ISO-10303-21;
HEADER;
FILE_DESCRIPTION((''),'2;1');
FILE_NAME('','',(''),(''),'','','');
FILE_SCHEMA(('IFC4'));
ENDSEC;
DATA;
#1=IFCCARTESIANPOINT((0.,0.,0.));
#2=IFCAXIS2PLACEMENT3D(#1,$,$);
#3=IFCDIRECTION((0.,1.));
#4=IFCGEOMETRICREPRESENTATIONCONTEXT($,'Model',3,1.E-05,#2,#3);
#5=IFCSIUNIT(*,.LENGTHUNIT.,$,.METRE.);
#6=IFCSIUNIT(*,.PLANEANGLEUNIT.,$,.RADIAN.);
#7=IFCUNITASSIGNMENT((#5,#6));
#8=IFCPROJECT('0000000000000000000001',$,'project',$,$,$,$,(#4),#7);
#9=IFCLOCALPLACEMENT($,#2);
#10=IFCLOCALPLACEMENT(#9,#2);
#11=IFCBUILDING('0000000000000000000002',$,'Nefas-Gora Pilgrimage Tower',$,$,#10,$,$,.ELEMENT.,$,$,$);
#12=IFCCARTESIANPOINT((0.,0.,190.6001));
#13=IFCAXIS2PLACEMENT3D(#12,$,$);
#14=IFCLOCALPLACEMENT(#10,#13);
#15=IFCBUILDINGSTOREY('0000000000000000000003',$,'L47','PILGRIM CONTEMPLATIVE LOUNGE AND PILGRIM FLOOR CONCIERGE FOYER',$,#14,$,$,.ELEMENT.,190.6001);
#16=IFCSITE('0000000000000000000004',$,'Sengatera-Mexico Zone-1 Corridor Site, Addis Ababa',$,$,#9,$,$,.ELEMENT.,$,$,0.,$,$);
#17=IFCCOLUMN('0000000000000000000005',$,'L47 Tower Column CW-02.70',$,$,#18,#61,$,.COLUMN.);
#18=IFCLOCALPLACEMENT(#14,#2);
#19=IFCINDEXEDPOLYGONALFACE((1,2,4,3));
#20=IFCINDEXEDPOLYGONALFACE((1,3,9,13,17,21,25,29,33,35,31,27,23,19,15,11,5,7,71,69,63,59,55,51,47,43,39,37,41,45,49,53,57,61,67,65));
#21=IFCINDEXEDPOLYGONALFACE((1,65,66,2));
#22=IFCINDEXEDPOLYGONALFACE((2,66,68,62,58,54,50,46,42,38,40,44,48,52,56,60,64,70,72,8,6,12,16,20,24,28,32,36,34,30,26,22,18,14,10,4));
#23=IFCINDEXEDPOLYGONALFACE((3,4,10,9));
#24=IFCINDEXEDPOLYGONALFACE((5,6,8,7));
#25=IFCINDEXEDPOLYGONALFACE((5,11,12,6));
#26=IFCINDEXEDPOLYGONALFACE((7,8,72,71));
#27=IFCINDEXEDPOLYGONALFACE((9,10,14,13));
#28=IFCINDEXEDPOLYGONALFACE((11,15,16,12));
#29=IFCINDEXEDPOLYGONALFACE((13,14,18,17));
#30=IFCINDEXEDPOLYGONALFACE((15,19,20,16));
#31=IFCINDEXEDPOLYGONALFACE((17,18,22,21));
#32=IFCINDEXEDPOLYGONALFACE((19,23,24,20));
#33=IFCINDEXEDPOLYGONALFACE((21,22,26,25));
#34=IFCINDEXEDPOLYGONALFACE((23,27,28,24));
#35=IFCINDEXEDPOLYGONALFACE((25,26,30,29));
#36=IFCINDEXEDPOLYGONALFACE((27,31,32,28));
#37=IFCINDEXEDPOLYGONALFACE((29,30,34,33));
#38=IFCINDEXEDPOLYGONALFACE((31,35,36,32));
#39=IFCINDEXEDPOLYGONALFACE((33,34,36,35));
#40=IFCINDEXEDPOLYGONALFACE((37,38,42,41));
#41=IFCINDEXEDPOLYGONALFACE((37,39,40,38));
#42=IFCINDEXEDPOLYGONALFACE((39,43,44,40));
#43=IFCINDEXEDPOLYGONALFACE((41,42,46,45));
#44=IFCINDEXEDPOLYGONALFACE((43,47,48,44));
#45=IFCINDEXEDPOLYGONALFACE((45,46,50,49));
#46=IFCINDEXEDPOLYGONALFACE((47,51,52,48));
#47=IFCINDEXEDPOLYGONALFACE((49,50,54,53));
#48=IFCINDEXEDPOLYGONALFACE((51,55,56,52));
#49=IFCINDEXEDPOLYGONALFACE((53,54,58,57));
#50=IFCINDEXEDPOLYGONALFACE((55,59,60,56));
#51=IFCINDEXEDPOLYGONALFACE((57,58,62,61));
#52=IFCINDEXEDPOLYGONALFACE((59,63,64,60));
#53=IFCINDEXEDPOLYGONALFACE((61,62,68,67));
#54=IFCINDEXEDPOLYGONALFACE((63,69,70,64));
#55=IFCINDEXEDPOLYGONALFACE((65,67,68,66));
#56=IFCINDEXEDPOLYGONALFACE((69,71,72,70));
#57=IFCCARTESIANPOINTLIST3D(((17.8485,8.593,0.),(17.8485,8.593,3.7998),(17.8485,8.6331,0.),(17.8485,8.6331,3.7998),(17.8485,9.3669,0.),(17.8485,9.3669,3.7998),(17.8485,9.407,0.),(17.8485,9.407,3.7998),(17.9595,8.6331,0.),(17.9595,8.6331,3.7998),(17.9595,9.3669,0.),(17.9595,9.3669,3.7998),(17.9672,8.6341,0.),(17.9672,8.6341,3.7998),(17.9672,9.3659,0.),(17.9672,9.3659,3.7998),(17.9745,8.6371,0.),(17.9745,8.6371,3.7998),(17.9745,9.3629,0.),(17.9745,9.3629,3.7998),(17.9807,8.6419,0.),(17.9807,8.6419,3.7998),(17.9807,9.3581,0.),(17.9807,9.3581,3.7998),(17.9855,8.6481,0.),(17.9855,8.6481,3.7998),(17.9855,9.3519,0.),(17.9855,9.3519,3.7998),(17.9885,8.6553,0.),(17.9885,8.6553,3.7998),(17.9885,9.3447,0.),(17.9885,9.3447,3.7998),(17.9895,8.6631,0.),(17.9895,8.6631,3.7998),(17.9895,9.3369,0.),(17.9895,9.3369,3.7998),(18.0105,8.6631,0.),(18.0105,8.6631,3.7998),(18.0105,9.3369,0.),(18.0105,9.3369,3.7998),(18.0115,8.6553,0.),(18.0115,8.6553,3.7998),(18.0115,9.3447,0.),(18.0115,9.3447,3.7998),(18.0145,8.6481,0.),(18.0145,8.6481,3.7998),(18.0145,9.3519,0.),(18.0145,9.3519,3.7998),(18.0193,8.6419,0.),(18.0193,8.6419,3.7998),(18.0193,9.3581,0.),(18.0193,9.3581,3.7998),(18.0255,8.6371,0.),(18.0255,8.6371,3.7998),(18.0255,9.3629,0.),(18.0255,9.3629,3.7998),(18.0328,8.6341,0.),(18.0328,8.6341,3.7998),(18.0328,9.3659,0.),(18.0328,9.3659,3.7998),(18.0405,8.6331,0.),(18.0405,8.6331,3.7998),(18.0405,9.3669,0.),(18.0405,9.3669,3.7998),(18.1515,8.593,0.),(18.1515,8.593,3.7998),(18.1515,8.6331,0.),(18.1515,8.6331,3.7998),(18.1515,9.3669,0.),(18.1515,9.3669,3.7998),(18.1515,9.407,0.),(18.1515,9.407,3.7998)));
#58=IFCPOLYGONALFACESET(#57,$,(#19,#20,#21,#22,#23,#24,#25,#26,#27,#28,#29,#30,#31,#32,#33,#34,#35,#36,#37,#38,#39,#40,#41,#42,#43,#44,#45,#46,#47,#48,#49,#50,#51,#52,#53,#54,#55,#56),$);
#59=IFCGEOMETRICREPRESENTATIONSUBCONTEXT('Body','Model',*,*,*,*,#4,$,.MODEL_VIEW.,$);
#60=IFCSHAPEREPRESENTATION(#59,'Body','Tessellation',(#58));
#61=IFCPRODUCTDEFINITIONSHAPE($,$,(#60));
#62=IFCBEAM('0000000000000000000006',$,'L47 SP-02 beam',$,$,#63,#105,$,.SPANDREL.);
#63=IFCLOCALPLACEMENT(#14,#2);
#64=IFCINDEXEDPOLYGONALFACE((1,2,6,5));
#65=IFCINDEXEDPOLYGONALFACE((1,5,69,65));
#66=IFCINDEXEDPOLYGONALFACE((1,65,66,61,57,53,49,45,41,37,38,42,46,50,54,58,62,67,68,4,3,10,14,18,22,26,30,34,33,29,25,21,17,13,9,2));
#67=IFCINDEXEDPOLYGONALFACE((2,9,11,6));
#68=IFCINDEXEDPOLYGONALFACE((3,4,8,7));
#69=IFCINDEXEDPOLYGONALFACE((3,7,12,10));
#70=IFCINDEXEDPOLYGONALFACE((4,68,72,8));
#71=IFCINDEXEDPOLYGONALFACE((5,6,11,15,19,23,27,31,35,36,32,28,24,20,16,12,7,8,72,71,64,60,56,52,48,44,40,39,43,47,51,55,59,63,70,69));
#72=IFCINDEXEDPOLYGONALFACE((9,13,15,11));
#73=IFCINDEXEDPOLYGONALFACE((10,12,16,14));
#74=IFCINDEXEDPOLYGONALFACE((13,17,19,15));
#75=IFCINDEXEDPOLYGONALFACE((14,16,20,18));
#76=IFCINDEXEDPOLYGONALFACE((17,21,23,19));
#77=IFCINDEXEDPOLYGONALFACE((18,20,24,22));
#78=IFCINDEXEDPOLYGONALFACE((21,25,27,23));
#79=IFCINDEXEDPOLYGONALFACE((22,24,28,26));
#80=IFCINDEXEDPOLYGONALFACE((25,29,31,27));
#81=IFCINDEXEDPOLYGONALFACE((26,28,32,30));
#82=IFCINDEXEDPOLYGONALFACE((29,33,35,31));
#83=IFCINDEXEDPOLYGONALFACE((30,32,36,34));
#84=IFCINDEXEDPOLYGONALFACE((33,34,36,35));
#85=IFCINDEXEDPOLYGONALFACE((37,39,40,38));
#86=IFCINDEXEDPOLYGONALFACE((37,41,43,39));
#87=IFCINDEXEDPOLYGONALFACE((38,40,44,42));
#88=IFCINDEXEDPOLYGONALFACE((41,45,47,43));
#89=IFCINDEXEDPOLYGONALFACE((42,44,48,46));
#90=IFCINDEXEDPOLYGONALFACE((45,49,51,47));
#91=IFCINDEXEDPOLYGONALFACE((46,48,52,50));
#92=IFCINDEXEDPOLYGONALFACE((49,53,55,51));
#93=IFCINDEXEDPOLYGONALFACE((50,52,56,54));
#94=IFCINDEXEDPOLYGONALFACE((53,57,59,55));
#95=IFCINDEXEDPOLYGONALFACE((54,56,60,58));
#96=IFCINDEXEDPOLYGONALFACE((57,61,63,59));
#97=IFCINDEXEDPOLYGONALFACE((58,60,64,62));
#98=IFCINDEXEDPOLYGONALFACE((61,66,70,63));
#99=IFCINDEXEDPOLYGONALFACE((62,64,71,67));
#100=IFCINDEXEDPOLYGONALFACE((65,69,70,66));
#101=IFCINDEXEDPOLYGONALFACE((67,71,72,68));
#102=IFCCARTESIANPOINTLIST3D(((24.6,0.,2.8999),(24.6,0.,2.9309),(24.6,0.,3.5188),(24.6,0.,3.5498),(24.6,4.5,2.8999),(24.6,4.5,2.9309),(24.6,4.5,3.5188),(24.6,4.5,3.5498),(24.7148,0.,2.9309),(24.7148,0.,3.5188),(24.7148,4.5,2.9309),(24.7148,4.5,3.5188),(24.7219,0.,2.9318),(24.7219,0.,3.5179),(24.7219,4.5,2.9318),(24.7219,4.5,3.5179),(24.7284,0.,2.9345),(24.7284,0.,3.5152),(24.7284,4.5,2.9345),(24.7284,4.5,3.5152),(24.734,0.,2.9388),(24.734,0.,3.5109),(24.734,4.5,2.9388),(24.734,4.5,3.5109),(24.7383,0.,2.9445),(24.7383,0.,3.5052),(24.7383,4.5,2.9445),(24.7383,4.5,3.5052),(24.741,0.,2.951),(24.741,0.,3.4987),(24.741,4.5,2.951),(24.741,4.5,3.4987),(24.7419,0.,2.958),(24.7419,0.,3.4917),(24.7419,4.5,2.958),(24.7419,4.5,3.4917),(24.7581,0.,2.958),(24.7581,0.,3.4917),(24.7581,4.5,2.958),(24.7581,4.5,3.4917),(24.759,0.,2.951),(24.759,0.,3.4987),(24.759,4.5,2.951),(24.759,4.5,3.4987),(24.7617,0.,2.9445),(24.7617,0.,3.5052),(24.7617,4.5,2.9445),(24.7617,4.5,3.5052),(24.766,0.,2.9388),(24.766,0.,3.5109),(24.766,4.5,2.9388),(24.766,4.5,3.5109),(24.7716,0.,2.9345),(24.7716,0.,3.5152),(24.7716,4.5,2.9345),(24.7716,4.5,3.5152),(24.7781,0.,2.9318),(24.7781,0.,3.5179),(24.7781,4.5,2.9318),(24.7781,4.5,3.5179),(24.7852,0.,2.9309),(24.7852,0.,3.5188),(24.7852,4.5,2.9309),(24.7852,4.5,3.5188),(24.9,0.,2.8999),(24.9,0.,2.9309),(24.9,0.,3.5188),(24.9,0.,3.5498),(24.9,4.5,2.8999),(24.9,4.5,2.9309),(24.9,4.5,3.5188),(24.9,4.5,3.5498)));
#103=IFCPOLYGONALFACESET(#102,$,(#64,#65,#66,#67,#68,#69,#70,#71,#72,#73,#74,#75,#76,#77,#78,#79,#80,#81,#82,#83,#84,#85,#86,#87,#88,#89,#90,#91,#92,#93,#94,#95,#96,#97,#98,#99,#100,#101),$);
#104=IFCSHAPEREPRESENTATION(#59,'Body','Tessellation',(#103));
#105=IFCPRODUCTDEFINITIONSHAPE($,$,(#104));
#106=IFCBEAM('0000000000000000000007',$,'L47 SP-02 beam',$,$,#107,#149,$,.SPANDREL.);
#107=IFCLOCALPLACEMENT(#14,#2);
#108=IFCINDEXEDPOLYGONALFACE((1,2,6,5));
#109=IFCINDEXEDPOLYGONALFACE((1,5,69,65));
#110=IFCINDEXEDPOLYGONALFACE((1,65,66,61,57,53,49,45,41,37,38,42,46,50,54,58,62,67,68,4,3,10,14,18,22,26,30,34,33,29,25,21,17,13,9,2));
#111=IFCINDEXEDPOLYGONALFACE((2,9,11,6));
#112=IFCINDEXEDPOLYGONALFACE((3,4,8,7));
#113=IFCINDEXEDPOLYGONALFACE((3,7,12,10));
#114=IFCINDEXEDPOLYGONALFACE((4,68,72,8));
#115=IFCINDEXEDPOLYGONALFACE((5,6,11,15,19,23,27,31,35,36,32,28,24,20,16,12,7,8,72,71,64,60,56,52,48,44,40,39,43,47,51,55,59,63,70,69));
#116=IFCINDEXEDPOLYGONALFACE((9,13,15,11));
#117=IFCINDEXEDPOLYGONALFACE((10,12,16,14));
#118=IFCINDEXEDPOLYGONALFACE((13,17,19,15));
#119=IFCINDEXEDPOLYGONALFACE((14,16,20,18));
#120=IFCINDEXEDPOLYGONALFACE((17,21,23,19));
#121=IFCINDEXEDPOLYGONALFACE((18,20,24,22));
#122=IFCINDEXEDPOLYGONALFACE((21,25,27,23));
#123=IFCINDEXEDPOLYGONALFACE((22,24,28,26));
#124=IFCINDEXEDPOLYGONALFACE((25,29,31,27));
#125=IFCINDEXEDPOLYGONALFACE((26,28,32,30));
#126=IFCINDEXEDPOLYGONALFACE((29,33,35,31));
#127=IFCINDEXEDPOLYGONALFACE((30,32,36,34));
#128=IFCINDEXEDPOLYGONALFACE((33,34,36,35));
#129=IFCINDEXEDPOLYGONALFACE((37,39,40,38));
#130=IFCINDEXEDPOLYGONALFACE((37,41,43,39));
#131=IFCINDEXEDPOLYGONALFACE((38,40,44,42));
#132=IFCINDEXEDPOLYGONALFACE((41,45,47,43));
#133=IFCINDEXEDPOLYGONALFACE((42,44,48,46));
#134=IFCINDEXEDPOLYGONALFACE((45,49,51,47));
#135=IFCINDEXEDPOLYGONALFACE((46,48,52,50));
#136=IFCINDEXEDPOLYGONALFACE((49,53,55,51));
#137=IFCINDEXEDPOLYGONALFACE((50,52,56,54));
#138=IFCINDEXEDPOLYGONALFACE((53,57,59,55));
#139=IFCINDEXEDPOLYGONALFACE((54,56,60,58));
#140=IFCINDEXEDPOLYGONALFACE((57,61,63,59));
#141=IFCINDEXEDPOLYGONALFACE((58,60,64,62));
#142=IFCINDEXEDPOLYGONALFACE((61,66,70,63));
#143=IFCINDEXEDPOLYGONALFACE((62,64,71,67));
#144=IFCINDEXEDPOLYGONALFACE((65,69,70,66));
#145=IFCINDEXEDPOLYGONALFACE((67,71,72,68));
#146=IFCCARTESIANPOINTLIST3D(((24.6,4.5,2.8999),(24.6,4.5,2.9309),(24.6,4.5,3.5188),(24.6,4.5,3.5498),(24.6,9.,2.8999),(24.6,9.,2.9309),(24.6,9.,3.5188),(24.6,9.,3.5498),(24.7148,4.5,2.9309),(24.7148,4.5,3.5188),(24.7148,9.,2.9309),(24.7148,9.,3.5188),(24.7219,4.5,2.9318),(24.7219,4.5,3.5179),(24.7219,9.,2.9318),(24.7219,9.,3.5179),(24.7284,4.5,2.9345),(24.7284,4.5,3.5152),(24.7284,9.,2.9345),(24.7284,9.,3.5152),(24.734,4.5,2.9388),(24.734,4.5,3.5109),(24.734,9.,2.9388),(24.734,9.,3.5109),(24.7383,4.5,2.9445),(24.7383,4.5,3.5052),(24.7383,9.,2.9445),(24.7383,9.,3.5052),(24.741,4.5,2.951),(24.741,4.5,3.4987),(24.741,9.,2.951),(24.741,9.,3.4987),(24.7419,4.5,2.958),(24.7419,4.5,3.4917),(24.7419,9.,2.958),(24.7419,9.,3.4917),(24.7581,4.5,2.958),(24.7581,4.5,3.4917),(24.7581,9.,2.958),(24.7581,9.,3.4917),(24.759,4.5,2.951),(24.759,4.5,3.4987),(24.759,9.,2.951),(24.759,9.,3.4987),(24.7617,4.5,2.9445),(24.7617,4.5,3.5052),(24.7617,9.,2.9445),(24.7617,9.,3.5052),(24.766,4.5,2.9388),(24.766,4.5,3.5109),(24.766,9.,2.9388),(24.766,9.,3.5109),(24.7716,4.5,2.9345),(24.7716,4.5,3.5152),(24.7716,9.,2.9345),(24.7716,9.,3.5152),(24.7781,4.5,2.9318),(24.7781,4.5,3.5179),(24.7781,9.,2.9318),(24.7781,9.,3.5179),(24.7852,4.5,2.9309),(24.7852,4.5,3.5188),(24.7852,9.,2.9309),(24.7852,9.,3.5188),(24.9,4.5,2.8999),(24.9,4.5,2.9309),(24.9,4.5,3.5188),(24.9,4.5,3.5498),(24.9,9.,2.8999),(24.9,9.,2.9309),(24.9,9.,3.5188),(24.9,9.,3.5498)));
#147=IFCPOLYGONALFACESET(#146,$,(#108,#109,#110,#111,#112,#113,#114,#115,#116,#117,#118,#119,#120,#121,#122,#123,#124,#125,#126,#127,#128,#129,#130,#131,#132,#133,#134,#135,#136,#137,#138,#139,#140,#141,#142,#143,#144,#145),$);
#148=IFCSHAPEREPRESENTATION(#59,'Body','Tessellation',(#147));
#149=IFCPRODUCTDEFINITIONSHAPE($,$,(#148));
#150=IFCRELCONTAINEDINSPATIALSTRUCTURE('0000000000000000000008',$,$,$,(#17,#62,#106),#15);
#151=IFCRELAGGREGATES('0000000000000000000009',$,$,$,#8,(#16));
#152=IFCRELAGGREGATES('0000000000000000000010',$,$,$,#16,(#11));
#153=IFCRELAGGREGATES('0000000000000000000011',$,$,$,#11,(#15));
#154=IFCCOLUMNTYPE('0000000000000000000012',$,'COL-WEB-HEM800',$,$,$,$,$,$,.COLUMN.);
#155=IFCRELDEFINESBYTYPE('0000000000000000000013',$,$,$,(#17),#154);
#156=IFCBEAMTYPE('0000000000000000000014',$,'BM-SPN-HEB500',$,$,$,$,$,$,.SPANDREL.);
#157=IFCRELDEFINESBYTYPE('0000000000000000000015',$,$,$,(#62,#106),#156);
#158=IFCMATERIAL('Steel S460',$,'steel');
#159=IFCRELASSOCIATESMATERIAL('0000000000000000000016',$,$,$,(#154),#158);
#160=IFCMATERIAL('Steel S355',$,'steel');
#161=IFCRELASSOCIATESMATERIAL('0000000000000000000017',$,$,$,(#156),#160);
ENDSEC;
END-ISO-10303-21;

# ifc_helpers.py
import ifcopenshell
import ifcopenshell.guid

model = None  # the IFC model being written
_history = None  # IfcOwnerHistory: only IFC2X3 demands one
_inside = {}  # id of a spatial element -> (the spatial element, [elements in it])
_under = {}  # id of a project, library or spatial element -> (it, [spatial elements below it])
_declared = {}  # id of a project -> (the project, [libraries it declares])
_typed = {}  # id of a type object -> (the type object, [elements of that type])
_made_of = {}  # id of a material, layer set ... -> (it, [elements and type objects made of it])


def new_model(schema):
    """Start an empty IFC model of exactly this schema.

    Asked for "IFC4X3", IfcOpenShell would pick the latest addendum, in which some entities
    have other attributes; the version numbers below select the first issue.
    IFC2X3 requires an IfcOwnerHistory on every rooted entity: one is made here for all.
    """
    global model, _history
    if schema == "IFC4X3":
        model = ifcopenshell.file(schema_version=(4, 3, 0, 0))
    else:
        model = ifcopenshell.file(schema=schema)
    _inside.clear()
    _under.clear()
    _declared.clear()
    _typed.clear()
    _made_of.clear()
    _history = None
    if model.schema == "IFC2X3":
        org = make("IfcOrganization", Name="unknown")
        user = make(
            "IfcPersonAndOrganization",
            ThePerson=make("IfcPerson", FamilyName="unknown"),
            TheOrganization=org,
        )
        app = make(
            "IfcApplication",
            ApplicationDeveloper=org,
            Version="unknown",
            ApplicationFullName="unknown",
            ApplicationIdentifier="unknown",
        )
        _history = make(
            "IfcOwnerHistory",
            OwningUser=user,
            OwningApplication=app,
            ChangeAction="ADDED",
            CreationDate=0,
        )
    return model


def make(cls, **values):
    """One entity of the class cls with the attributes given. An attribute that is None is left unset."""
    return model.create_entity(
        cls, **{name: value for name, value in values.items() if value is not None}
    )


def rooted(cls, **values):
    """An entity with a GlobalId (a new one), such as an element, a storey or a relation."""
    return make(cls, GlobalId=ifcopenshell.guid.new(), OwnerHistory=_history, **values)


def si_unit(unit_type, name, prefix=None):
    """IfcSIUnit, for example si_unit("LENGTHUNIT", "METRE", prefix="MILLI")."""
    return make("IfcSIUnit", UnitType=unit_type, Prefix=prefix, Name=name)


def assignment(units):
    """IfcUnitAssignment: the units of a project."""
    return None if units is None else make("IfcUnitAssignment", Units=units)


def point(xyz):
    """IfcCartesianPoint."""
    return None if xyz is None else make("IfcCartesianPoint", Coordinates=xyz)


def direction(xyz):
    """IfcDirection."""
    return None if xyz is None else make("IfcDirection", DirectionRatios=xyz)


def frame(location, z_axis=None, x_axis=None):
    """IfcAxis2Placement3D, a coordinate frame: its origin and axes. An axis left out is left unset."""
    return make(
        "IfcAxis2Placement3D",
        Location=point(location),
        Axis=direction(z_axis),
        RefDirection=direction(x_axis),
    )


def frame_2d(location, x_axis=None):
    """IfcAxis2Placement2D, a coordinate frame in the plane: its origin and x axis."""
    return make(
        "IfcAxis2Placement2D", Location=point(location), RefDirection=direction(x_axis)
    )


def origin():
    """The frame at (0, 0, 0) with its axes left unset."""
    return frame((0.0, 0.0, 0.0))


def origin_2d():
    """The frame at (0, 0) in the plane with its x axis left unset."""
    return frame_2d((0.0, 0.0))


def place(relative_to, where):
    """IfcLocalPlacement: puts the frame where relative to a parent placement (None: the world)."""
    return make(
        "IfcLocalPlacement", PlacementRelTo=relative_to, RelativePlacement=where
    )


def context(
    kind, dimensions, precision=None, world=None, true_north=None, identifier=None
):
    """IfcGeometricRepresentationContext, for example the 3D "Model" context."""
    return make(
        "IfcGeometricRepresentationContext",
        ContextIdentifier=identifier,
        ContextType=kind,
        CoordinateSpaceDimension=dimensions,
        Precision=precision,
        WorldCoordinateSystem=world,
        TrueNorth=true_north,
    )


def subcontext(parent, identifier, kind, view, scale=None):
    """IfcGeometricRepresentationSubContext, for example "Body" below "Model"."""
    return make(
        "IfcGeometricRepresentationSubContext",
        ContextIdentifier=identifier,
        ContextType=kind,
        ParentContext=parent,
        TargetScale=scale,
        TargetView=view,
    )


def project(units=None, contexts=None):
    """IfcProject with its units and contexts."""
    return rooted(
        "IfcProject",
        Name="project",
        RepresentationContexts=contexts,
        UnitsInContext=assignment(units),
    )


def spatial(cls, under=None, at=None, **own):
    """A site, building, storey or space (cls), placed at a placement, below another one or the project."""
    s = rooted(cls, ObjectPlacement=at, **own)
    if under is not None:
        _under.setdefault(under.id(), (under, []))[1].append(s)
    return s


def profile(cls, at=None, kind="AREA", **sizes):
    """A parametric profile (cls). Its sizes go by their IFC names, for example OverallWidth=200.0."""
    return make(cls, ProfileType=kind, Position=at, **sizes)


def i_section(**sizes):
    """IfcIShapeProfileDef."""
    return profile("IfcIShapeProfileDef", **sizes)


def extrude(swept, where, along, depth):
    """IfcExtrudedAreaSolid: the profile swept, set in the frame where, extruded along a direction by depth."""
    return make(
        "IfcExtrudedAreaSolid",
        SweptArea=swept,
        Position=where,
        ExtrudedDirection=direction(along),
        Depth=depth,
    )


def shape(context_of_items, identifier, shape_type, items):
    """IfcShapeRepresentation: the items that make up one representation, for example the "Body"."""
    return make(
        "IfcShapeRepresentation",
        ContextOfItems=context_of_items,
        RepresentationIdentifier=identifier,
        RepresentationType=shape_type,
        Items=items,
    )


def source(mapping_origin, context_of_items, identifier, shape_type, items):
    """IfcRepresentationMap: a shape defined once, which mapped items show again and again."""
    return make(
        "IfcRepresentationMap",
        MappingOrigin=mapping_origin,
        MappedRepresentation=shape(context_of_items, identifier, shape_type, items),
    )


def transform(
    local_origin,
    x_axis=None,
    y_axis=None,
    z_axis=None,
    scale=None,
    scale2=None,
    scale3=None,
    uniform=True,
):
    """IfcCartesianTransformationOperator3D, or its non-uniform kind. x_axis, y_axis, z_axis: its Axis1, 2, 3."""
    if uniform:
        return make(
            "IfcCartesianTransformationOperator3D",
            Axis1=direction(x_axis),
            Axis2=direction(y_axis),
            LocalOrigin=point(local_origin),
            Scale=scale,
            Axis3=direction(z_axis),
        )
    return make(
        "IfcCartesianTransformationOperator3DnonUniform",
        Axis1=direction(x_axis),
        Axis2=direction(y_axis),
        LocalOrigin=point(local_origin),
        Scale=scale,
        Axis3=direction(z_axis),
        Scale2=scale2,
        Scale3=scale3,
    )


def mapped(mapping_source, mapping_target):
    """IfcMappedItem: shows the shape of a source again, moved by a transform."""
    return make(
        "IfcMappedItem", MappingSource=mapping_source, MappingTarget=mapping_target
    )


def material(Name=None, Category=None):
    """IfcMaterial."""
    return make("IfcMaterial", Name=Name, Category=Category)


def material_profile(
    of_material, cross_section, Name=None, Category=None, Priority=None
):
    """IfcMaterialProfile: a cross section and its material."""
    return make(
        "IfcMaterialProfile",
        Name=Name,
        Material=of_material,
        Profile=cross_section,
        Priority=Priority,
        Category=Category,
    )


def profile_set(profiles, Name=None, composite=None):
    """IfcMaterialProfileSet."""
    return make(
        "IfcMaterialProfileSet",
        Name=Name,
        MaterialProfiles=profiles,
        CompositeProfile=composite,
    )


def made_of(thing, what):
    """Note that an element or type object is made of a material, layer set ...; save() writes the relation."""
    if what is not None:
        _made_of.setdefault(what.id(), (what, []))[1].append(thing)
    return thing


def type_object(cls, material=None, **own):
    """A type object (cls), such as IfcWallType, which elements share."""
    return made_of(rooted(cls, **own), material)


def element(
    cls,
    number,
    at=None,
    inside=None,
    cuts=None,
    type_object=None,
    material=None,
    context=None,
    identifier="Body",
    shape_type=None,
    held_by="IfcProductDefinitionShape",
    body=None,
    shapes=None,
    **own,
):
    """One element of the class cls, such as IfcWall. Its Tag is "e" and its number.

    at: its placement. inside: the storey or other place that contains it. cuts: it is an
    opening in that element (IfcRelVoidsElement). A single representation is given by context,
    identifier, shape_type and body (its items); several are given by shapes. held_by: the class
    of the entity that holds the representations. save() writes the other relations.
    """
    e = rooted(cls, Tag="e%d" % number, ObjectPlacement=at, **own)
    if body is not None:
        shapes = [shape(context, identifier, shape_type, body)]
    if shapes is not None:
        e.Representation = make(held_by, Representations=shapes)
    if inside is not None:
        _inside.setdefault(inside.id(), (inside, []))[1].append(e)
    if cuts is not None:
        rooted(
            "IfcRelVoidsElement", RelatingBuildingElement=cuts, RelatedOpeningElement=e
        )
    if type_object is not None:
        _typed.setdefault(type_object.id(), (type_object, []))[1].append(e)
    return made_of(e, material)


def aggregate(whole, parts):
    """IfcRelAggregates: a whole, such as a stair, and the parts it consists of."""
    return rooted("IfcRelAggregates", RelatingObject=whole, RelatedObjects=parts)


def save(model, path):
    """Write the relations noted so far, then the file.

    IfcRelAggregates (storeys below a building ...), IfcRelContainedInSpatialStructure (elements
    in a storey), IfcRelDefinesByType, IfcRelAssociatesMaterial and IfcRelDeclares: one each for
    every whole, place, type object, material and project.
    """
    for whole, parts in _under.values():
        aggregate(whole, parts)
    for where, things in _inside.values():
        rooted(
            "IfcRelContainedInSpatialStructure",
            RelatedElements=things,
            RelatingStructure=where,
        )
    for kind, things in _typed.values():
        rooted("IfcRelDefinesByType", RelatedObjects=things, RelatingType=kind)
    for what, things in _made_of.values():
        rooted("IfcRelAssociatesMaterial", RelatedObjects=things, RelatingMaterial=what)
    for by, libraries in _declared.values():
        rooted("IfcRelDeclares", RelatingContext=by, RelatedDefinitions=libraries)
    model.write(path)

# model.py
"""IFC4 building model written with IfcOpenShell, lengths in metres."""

from ifc_helpers import new_model, si_unit, direction, frame, origin, origin_2d, place, context, subcontext, project, spatial, i_section, extrude, source, transform, mapped, material, material_profile, profile_set, type_object, element, save


model = new_model("IFC4")

# Units and contexts
model_context = context("Model", 3, precision=1e-05, world=origin(), true_north=direction((0.0, 1.0)))
body_context = subcontext(model_context, "Body", "Model", "MODEL_VIEW")
ifc_project = project(units=[si_unit("LENGTHUNIT", "METRE"), si_unit("PLANEANGLEUNIT", "RADIAN")], contexts=[model_context])

# Site, building, storey
site_placement = place(None, origin())
site = spatial("IfcSite", under=ifc_project, at=site_placement, Name="Sengatera-Mexico Zone-1 Corridor Site, Addis Ababa", CompositionType="ELEMENT", RefElevation=0.0)
building_placement = place(site_placement, origin())
building = spatial("IfcBuilding", under=site, at=building_placement, Name="Nefas-Gora Pilgrimage Tower", CompositionType="ELEMENT")
storey_placement = place(building_placement, frame((0.0, 0.0, 190.6001)))
storey = spatial("IfcBuildingStorey", under=building, at=storey_placement, Name="L47", Description="PILGRIM CONTEMPLATIVE LOUNGE AND PILGRIM FLOOR CONCIERGE FOYER", CompositionType="ELEMENT", Elevation=190.6001)

# Column
ifc_material_1 = material(Name="Steel S460", Category="steel")
ifc_material_profile_1 = material_profile(ifc_material_1, i_section(OverallWidth=0.303, OverallDepth=0.814, WebThickness=0.021, FlangeThickness=0.04, FilletRadius=0.03, at=origin_2d()), Name="HEM 800")
ifc_profile_set_1 = profile_set([ifc_material_profile_1], Name="Steel S460")
column_type_1 = type_object("IfcColumnType", Name="COL-WEB-HEM800", PredefinedType="COLUMN", material=ifc_profile_set_1)
shared_shape_1 = source(origin(), body_context, "Body", "SweptSolid", [
    extrude(i_section(OverallWidth=0.303, OverallDepth=0.814, WebThickness=0.021, FlangeThickness=0.04, FilletRadius=0.03, at=origin_2d()), origin(), (0.0, 0.0, 1.0), 3.7998),
])
for number, where, z_axis, x_axis, name in (
    (1, (18.0, 9.0, 0.0), (0.0, 0.0, 1.0), (1.0, 0.0, 0.0), "L47 Tower Column CW-02.70"),
):
    element("IfcColumn", number, at=place(storey_placement, frame(where, z_axis=z_axis, x_axis=x_axis)), inside=storey, type_object=column_type_1, Name=name, PredefinedType="COLUMN", context=body_context, shape_type="MappedRepresentation", body=[
        mapped(shared_shape_1, transform((0.0, 0.0, 0.0), x_axis=(1.0, 0.0, 0.0), y_axis=(0.0, 1.0, 0.0), z_axis=(0.0, 0.0, 1.0), scale=1.0)),
    ])

# Beams
ifc_material_2 = material(Name="Steel S355", Category="steel")
ifc_material_profile_2 = material_profile(ifc_material_2, i_section(OverallWidth=0.3, OverallDepth=0.6499, WebThickness=0.0161, FlangeThickness=0.031, FilletRadius=0.0271, at=origin_2d()), Name="HEB 650")
ifc_profile_set_2 = profile_set([ifc_material_profile_2], Name="Steel S355")
beam_type_1 = type_object("IfcBeamType", Name="BM-SPN-HEB500", PredefinedType="SPANDREL", material=ifc_profile_set_2)
shared_shape_2 = source(origin(), body_context, "Body", "SweptSolid", [
    extrude(i_section(OverallWidth=0.3, OverallDepth=0.6499, WebThickness=0.0161, FlangeThickness=0.031, FilletRadius=0.0271, at=origin_2d()), origin(), (0.0, 0.0, 1.0), 4.5),
])
for number, where, z_axis, x_axis, name in (
    (2, (24.75, 0.0, 3.2249), (0.0, 1.0, 0.0), (-1.0, 0.0, 0.0), "L47 SP-02 beam"),
    (3, (24.75, 4.5, 3.2249), (0.0, 1.0, 0.0), (-1.0, 0.0, 0.0), "L47 SP-02 beam"),
):
    element("IfcBeam", number, at=place(storey_placement, frame(where, z_axis=z_axis, x_axis=x_axis)), inside=storey, type_object=beam_type_1, Name=name, PredefinedType="SPANDREL", context=body_context, shape_type="MappedRepresentation", body=[
        mapped(shared_shape_2, transform((0.0, 0.0, 0.0), x_axis=(1.0, 0.0, 0.0), y_axis=(0.0, 1.0, 0.0), z_axis=(0.0, 0.0, 1.0), scale=1.0)),
    ])

save(model, "model.ifc")
